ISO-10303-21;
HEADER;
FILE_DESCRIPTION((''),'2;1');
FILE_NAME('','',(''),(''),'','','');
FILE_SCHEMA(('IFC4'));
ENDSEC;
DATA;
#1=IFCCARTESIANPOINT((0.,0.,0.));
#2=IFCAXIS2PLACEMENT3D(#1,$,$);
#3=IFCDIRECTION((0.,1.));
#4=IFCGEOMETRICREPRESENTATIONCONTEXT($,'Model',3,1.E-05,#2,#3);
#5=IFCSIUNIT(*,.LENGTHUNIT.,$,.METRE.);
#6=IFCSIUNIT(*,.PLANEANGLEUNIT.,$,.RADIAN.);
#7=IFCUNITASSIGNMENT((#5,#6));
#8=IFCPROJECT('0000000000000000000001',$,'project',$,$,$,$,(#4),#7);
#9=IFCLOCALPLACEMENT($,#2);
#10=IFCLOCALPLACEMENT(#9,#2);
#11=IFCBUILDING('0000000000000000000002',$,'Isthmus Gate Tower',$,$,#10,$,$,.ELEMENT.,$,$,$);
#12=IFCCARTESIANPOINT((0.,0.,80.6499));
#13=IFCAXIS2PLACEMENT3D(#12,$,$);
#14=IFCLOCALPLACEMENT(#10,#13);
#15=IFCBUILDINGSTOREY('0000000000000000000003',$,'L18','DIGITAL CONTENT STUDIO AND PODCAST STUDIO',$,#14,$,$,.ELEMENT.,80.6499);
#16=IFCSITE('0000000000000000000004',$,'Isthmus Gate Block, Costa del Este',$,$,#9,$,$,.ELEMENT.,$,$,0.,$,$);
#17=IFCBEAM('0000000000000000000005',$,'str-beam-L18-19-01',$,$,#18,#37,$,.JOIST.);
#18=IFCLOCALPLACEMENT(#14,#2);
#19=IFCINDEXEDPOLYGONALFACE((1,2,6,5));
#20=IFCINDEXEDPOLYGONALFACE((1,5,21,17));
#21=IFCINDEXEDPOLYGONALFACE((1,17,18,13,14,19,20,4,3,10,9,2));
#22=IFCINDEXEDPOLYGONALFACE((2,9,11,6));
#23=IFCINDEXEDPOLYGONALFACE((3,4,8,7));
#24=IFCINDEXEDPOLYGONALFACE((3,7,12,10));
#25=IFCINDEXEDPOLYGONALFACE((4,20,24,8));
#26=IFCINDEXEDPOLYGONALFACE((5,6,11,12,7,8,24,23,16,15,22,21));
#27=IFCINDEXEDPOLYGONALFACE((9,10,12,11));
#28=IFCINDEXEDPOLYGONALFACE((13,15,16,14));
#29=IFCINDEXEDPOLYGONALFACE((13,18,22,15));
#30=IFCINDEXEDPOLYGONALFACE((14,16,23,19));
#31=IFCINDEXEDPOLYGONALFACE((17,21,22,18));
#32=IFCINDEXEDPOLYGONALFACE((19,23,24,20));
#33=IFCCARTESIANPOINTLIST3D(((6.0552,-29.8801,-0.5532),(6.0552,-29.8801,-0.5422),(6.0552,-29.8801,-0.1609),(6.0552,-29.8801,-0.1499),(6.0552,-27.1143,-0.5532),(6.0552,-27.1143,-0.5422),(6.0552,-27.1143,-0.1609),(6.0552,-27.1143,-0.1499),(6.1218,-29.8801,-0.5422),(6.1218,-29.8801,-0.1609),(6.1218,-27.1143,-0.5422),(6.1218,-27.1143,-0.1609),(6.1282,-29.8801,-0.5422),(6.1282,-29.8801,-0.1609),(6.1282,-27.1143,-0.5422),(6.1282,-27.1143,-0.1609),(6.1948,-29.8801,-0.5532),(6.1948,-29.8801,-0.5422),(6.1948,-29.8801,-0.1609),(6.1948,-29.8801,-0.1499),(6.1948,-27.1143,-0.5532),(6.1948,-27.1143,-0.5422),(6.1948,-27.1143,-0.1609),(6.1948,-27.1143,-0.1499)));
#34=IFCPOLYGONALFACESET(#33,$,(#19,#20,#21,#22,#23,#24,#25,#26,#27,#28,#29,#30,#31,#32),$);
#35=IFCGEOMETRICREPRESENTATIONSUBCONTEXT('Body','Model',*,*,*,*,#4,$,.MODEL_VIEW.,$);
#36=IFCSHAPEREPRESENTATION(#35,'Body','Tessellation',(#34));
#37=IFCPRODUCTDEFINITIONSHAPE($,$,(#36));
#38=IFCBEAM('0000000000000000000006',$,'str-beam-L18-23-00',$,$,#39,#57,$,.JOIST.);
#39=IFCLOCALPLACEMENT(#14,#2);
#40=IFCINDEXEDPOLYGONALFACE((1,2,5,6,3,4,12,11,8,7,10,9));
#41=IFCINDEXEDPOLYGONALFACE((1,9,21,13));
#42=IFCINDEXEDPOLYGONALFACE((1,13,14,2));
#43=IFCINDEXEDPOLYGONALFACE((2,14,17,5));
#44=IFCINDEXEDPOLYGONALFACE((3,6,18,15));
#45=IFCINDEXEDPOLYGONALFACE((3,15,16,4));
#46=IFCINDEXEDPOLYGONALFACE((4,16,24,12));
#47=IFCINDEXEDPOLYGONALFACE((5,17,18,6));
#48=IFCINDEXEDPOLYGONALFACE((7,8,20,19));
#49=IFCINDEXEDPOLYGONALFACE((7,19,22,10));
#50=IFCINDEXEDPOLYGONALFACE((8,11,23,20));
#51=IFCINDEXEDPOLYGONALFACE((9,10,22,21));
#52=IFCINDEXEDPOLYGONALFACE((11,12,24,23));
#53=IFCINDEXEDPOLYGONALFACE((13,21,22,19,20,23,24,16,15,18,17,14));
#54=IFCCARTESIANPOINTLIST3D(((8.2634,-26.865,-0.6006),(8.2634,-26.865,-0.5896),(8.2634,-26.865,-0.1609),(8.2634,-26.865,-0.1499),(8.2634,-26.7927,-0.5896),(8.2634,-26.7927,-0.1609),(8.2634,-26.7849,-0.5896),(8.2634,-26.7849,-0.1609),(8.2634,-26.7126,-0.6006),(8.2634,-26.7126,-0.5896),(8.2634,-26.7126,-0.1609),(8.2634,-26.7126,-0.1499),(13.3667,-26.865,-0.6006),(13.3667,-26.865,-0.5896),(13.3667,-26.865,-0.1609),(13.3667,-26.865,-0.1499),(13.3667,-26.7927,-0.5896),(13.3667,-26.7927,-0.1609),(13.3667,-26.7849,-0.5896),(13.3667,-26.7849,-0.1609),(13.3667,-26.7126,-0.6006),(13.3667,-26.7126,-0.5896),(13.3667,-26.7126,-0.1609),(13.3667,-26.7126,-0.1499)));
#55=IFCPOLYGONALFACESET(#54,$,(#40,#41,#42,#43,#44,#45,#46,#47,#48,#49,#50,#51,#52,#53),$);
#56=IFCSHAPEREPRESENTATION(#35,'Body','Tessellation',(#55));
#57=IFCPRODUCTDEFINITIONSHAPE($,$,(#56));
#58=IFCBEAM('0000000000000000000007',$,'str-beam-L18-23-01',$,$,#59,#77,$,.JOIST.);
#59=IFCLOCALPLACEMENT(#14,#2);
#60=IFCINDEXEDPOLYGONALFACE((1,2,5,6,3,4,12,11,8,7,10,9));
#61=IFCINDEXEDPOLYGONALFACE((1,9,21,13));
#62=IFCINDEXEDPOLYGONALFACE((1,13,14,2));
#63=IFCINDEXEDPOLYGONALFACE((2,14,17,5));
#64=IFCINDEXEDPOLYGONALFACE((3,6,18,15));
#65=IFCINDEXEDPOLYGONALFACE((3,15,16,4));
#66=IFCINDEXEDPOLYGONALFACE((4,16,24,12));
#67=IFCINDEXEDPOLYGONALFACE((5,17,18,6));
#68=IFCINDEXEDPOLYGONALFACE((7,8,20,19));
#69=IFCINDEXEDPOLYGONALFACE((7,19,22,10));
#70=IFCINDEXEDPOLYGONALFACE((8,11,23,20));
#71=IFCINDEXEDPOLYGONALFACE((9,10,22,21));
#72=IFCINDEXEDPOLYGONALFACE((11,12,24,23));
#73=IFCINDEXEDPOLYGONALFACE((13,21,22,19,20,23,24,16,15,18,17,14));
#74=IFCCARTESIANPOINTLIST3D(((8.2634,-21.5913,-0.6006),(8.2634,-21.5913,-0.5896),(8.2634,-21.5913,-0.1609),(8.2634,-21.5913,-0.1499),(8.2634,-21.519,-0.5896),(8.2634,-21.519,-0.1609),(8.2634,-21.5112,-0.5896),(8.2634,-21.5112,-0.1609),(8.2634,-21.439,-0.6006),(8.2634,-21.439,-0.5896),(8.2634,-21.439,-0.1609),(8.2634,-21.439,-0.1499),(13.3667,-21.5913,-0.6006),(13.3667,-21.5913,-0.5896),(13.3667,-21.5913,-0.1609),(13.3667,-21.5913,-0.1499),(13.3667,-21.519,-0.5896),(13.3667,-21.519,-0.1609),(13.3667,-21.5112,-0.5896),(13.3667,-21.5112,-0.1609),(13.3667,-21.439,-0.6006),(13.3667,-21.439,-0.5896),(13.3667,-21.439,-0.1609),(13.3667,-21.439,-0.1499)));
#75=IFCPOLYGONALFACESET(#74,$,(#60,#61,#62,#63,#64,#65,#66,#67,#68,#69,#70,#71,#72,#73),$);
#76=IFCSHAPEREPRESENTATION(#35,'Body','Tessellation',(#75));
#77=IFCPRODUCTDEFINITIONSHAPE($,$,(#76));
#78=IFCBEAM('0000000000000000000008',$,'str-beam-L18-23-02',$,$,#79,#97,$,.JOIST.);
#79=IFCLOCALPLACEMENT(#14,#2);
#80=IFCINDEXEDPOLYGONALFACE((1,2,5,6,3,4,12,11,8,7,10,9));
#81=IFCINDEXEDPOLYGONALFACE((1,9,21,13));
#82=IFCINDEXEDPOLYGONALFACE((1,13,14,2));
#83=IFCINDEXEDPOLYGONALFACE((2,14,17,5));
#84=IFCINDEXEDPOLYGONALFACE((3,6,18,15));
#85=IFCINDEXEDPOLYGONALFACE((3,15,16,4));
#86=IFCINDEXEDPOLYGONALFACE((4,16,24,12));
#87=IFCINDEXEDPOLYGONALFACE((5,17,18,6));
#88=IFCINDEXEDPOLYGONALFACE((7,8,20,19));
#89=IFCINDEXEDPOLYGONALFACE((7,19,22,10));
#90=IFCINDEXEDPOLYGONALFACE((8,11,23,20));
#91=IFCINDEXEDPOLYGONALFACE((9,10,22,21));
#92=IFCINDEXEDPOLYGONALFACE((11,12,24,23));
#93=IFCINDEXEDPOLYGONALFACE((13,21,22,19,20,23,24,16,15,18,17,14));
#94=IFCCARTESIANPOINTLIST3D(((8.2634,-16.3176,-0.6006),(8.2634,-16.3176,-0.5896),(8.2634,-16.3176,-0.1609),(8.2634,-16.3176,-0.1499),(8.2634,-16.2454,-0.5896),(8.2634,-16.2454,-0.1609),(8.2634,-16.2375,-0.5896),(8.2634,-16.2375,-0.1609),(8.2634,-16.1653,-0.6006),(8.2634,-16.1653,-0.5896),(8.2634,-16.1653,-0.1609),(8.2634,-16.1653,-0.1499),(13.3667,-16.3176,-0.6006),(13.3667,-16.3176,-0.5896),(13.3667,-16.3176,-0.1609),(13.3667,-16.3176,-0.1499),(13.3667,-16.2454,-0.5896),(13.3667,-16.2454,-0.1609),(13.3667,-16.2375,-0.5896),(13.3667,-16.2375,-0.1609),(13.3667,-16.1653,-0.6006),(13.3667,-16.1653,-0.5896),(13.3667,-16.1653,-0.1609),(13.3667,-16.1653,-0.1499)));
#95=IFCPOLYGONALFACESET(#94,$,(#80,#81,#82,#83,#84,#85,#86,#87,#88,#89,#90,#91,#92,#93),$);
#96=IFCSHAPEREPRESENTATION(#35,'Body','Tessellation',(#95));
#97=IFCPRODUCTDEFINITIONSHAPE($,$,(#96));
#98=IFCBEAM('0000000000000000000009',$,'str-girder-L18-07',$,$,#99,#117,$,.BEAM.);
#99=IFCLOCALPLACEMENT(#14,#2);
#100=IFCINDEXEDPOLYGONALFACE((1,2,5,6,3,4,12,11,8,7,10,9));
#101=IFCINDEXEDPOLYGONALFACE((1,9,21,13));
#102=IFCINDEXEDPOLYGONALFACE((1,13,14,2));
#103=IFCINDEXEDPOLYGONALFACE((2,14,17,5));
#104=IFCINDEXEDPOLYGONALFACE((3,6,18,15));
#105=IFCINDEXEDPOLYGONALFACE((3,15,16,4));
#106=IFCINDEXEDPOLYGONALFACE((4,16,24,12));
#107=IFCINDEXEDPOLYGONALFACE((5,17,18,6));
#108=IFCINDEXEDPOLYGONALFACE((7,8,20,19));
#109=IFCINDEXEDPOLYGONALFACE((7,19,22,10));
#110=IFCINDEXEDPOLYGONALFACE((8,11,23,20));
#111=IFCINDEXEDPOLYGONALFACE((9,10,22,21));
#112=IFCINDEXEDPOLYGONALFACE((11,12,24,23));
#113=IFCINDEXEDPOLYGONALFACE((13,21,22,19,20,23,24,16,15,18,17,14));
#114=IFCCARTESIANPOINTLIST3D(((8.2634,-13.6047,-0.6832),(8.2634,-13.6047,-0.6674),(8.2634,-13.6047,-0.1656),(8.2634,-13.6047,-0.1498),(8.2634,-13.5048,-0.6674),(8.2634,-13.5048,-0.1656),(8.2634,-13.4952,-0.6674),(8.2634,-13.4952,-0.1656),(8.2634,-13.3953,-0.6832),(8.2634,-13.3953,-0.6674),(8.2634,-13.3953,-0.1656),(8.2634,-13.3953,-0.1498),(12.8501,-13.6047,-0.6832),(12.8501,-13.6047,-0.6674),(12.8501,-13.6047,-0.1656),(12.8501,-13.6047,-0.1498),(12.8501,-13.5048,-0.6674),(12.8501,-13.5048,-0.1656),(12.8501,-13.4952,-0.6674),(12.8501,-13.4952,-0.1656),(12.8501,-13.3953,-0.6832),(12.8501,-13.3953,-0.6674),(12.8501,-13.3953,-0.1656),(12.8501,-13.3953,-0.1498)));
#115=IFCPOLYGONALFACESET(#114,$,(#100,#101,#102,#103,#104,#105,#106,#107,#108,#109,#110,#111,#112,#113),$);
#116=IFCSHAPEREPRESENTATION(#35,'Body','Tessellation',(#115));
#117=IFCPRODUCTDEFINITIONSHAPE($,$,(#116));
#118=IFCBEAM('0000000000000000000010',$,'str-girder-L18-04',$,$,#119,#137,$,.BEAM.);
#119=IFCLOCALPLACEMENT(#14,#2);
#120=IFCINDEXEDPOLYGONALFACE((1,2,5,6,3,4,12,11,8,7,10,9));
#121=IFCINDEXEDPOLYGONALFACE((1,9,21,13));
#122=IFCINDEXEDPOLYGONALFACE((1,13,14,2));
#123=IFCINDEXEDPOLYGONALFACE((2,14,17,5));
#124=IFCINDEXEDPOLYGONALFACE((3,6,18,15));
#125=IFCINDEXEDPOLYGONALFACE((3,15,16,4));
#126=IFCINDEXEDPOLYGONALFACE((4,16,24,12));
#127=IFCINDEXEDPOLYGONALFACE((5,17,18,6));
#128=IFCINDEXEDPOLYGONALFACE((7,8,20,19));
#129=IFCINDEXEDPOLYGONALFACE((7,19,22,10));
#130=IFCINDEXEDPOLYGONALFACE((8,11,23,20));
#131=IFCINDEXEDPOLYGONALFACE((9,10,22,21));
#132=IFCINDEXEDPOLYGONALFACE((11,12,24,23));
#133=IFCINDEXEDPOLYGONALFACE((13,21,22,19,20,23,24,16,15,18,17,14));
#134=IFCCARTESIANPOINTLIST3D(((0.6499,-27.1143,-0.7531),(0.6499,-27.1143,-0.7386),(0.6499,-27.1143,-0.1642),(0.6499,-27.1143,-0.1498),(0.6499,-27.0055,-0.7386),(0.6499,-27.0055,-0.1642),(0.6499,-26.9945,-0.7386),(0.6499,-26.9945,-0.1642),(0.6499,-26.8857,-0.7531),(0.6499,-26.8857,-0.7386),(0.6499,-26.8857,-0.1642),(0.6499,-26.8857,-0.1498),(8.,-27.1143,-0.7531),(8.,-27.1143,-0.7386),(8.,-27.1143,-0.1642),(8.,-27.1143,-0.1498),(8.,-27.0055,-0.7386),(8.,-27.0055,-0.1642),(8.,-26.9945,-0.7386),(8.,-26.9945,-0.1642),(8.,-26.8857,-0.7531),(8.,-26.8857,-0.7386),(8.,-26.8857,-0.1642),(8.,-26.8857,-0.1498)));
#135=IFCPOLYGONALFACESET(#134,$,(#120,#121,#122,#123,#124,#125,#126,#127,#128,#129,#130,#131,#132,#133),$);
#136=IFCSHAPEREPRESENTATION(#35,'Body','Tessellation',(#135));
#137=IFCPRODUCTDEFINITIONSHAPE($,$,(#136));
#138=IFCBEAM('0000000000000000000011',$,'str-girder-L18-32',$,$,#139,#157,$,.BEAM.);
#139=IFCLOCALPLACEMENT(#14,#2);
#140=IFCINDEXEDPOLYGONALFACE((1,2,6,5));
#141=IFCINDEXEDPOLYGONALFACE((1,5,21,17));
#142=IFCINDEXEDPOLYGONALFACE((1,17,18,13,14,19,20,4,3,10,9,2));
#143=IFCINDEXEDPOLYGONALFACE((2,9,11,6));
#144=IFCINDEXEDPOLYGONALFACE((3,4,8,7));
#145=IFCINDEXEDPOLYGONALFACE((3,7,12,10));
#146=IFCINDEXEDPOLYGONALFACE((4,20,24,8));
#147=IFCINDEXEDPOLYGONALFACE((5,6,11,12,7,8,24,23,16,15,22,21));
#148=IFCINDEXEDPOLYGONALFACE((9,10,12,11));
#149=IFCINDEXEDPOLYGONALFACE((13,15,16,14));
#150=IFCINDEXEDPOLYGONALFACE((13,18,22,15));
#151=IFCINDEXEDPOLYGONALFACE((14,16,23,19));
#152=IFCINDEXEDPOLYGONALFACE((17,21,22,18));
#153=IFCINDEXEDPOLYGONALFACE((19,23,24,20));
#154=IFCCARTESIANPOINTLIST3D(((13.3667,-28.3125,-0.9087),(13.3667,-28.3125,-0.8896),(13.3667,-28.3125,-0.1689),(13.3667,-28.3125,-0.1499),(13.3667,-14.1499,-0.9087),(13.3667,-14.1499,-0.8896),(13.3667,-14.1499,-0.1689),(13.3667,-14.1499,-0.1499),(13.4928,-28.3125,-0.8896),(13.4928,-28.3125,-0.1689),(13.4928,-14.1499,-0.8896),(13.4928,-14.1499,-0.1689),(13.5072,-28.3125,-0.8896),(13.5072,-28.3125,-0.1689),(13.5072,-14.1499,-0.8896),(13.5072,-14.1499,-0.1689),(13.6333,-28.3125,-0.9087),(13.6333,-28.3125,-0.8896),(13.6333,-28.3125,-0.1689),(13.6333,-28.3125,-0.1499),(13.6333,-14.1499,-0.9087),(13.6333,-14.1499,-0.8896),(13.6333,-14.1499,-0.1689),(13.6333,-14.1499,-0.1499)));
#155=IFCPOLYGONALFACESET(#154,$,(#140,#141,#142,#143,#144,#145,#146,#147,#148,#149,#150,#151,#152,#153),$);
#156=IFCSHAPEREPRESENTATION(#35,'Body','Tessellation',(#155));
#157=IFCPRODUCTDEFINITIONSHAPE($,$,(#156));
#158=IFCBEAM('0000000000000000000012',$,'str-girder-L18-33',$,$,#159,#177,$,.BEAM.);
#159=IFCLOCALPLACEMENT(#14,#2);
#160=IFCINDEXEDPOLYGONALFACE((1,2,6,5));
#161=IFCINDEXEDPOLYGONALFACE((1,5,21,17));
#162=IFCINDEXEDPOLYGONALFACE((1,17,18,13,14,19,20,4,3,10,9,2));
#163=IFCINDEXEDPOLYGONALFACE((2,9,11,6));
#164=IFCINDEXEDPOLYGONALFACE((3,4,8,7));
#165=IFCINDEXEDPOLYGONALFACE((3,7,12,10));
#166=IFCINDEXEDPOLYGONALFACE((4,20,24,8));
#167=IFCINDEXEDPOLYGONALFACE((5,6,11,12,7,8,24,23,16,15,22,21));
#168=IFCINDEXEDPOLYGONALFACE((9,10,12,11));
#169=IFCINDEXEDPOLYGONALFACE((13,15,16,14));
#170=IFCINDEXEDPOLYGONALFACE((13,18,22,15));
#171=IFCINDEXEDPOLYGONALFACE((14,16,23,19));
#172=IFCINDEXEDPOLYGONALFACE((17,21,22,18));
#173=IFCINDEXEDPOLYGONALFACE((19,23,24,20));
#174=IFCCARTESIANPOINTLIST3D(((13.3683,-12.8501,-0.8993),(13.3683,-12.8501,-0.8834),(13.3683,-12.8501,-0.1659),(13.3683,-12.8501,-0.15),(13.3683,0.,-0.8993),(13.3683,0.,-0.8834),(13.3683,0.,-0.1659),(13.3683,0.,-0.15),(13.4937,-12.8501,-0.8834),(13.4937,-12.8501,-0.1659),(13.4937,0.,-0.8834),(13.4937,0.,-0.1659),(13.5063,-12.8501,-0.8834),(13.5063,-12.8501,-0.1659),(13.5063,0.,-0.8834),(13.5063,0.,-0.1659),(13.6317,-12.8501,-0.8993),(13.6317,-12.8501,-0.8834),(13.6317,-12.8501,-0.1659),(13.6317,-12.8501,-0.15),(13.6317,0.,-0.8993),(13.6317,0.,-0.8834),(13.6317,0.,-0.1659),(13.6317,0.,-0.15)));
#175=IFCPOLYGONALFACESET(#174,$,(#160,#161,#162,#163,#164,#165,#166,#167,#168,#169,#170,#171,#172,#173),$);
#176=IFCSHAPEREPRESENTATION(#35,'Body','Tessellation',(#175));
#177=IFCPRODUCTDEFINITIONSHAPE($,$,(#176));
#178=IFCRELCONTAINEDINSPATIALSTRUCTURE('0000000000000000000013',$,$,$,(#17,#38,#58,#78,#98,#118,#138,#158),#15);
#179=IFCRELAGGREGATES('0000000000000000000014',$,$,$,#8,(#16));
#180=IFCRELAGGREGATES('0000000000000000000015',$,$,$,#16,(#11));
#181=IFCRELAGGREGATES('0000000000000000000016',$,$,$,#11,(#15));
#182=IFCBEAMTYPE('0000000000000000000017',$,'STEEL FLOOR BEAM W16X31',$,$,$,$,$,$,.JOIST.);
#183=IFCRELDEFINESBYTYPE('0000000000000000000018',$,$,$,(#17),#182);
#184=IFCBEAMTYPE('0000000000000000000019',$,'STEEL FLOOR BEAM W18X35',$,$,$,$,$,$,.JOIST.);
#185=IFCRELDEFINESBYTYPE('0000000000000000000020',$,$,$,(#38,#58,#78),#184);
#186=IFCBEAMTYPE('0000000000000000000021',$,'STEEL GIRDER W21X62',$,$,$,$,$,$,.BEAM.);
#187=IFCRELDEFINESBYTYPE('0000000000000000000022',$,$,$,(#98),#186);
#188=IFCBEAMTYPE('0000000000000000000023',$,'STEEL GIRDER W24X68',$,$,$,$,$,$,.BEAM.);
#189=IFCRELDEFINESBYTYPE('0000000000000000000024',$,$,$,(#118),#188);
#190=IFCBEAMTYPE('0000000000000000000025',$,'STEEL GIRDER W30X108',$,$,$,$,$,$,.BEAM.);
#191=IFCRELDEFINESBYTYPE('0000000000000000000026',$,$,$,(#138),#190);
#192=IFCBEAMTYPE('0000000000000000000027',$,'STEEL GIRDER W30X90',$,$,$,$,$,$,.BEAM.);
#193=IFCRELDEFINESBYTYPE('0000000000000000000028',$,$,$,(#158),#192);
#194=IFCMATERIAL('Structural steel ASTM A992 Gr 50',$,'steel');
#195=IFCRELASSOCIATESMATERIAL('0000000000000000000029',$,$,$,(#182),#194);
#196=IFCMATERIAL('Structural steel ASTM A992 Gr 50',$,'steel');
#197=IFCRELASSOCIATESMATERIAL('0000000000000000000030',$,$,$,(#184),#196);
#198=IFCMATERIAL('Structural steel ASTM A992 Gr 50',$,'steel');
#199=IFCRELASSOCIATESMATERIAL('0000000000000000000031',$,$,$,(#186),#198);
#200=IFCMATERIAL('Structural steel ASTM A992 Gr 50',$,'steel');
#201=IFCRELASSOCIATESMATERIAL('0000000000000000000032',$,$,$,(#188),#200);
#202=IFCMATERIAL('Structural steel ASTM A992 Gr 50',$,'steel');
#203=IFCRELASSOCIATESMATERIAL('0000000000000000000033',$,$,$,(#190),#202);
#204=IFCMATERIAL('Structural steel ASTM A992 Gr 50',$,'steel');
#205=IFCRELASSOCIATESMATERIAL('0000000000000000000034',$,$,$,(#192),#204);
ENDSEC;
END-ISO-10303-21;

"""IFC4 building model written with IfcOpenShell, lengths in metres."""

from ifc_helpers import new_model, si_unit, direction, frame, origin, origin_2d, place, context, subcontext, project, spatial, i_section, extrude, material, material_profile, profile_set, type_object, element, save


model = new_model("IFC4")

# Units and contexts
model_context = context("Model", 3, precision=1e-05, world=origin(), true_north=direction((0.0, 1.0)))
body_context = subcontext(model_context, "Body", "Model", "MODEL_VIEW")
ifc_project = project(units=[si_unit("LENGTHUNIT", "METRE"), si_unit("PLANEANGLEUNIT", "RADIAN")], contexts=[model_context])

# Site, building, storey
site_placement = place(None, origin())
site = spatial("IfcSite", under=ifc_project, at=site_placement, Name="Isthmus Gate Block, Costa del Este", CompositionType="ELEMENT", RefElevation=0.0)
building_placement = place(site_placement, origin())
building = spatial("IfcBuilding", under=site, at=building_placement, Name="Isthmus Gate Tower", CompositionType="ELEMENT")
storey_placement = place(building_placement, frame((0.0, 0.0, 80.6499)))
storey = spatial("IfcBuildingStorey", under=building, at=storey_placement, Name="L18", Description="DIGITAL CONTENT STUDIO AND PODCAST STUDIO", CompositionType="ELEMENT", Elevation=80.6499)

# Beams
ifc_material_1 = material(Name="Structural steel ASTM A992 Gr 50", Category="steel")
ifc_material_profile_1 = material_profile(ifc_material_1, i_section(OverallWidth=0.1396, OverallDepth=0.4033, WebThickness=0.0063, FlangeThickness=0.011, at=origin_2d()), Name="W16X31")
ifc_profile_set_1 = profile_set([ifc_material_profile_1], Name="Structural steel ASTM A992 Gr 50")
beam_type_1 = type_object("IfcBeamType", Name="STEEL FLOOR BEAM W16X31", PredefinedType="JOIST", material=ifc_profile_set_1)
beam_1_placement = place(storey_placement, frame((6.125, -29.8801, -0.3516), z_axis=(0.0, 1.0, 0.0), x_axis=(-1.0, 0.0, 0.0)))
element("IfcBeam", 1, at=beam_1_placement, inside=storey, type_object=beam_type_1, Name="str-beam-L18-19-01", PredefinedType="JOIST", context=body_context, shape_type="SweptSolid", body=[
    extrude(i_section(OverallWidth=0.1396, OverallDepth=0.4033, WebThickness=0.0063, FlangeThickness=0.011, at=origin_2d()), origin(), (0.0, 0.0, 1.0), 2.7659),
])
ifc_material_2 = material(Name="Structural steel ASTM A992 Gr 50", Category="steel")
ifc_material_profile_2 = material_profile(ifc_material_2, i_section(OverallWidth=0.1523, OverallDepth=0.4507, WebThickness=0.0078, FlangeThickness=0.011, at=origin_2d()), Name="W18X35")
ifc_profile_set_2 = profile_set([ifc_material_profile_2], Name="Structural steel ASTM A992 Gr 50")
beam_type_2 = type_object("IfcBeamType", Name="STEEL FLOOR BEAM W18X35", PredefinedType="JOIST", material=ifc_profile_set_2)
for number, where, z_axis, x_axis, name in (
    (2, (8.2634, -26.7888, -0.3752), (1.0, 0.0, 0.0), (0.0, 1.0, 0.0), "str-beam-L18-23-00"),
    (3, (8.2634, -21.5151, -0.3752), (1.0, 0.0, 0.0), (0.0, 1.0, 0.0), "str-beam-L18-23-01"),
    (4, (8.2634, -16.2415, -0.3752), (1.0, 0.0, 0.0), (0.0, 1.0, 0.0), "str-beam-L18-23-02"),
):
    element("IfcBeam", number, at=place(storey_placement, frame(where, z_axis=z_axis, x_axis=x_axis)), inside=storey, type_object=beam_type_2, Name=name, PredefinedType="JOIST", context=body_context, shape_type="SweptSolid", body=[
        extrude(i_section(OverallWidth=0.1523, OverallDepth=0.4507, WebThickness=0.0078, FlangeThickness=0.011, at=origin_2d()), origin(), (0.0, 0.0, 1.0), 5.1033),
    ])
ifc_material_3 = material(Name="Structural steel ASTM A992 Gr 50", Category="steel")
ifc_material_profile_3 = material_profile(ifc_material_3, i_section(OverallWidth=0.2095, OverallDepth=0.5334, WebThickness=0.0095, FlangeThickness=0.0159, at=origin_2d()), Name="W21X62")
ifc_profile_set_3 = profile_set([ifc_material_profile_3], Name="Structural steel ASTM A992 Gr 50")
beam_type_3 = type_object("IfcBeamType", Name="STEEL GIRDER W21X62", PredefinedType="BEAM", material=ifc_profile_set_3)
beam_2_placement = place(storey_placement, frame((8.2634, -13.5, -0.4165), z_axis=(1.0, 0.0, 0.0), x_axis=(0.0, 1.0, 0.0)))
element("IfcBeam", 5, at=beam_2_placement, inside=storey, type_object=beam_type_3, Name="str-girder-L18-07", PredefinedType="BEAM", context=body_context, shape_type="SweptSolid", body=[
    extrude(i_section(OverallWidth=0.2095, OverallDepth=0.5334, WebThickness=0.0095, FlangeThickness=0.0159, at=origin_2d()), origin(), (0.0, 0.0, 1.0), 4.5867),
])
ifc_material_4 = material(Name="Structural steel ASTM A992 Gr 50", Category="steel")
ifc_material_profile_4 = material_profile(ifc_material_4, i_section(OverallWidth=0.2285, OverallDepth=0.6033, WebThickness=0.011, FlangeThickness=0.0144, at=origin_2d()), Name="W24X68")
ifc_profile_set_4 = profile_set([ifc_material_profile_4], Name="Structural steel ASTM A992 Gr 50")
beam_type_4 = type_object("IfcBeamType", Name="STEEL GIRDER W24X68", PredefinedType="BEAM", material=ifc_profile_set_4)
beam_3_placement = place(storey_placement, frame((0.6499, -27.0, -0.4514), z_axis=(1.0, 0.0, 0.0), x_axis=(0.0, 1.0, 0.0)))
element("IfcBeam", 6, at=beam_3_placement, inside=storey, type_object=beam_type_4, Name="str-girder-L18-04", PredefinedType="BEAM", context=body_context, shape_type="SweptSolid", body=[
    extrude(i_section(OverallWidth=0.2285, OverallDepth=0.6033, WebThickness=0.011, FlangeThickness=0.0144, at=origin_2d()), origin(), (0.0, 0.0, 1.0), 7.3501),
])
ifc_material_5 = material(Name="Structural steel ASTM A992 Gr 50", Category="steel")
ifc_material_profile_5 = material_profile(ifc_material_5, i_section(OverallWidth=0.2666, OverallDepth=0.7588, WebThickness=0.0144, FlangeThickness=0.019, at=origin_2d()), Name="W30X108")
ifc_profile_set_5 = profile_set([ifc_material_profile_5], Name="Structural steel ASTM A992 Gr 50")
beam_type_5 = type_object("IfcBeamType", Name="STEEL GIRDER W30X108", PredefinedType="BEAM", material=ifc_profile_set_5)
beam_4_placement = place(storey_placement, frame((13.5, -28.3125, -0.5293), z_axis=(0.0, 1.0, 0.0), x_axis=(-1.0, 0.0, 0.0)))
element("IfcBeam", 7, at=beam_4_placement, inside=storey, type_object=beam_type_5, Name="str-girder-L18-32", PredefinedType="BEAM", context=body_context, shape_type="SweptSolid", body=[
    extrude(i_section(OverallWidth=0.2666, OverallDepth=0.7588, WebThickness=0.0144, FlangeThickness=0.019, at=origin_2d()), origin(), (0.0, 0.0, 1.0), 14.1626),
])
ifc_material_6 = material(Name="Structural steel ASTM A992 Gr 50", Category="steel")
ifc_material_profile_6 = material_profile(ifc_material_6, i_section(OverallWidth=0.2634, OverallDepth=0.7493, WebThickness=0.0127, FlangeThickness=0.0159, at=origin_2d()), Name="W30X90")
ifc_profile_set_6 = profile_set([ifc_material_profile_6], Name="Structural steel ASTM A992 Gr 50")
beam_type_6 = type_object("IfcBeamType", Name="STEEL GIRDER W30X90", PredefinedType="BEAM", material=ifc_profile_set_6)
beam_5_placement = place(storey_placement, frame((13.5, -12.8501, -0.5247), z_axis=(0.0, 1.0, 0.0), x_axis=(-1.0, 0.0, 0.0)))
element("IfcBeam", 8, at=beam_5_placement, inside=storey, type_object=beam_type_6, Name="str-girder-L18-33", PredefinedType="BEAM", context=body_context, shape_type="SweptSolid", body=[
    extrude(i_section(OverallWidth=0.2634, OverallDepth=0.7493, WebThickness=0.0127, FlangeThickness=0.0159, at=origin_2d()), origin(), (0.0, 0.0, 1.0), 12.8501),
])

save(model, "model.ifc")
